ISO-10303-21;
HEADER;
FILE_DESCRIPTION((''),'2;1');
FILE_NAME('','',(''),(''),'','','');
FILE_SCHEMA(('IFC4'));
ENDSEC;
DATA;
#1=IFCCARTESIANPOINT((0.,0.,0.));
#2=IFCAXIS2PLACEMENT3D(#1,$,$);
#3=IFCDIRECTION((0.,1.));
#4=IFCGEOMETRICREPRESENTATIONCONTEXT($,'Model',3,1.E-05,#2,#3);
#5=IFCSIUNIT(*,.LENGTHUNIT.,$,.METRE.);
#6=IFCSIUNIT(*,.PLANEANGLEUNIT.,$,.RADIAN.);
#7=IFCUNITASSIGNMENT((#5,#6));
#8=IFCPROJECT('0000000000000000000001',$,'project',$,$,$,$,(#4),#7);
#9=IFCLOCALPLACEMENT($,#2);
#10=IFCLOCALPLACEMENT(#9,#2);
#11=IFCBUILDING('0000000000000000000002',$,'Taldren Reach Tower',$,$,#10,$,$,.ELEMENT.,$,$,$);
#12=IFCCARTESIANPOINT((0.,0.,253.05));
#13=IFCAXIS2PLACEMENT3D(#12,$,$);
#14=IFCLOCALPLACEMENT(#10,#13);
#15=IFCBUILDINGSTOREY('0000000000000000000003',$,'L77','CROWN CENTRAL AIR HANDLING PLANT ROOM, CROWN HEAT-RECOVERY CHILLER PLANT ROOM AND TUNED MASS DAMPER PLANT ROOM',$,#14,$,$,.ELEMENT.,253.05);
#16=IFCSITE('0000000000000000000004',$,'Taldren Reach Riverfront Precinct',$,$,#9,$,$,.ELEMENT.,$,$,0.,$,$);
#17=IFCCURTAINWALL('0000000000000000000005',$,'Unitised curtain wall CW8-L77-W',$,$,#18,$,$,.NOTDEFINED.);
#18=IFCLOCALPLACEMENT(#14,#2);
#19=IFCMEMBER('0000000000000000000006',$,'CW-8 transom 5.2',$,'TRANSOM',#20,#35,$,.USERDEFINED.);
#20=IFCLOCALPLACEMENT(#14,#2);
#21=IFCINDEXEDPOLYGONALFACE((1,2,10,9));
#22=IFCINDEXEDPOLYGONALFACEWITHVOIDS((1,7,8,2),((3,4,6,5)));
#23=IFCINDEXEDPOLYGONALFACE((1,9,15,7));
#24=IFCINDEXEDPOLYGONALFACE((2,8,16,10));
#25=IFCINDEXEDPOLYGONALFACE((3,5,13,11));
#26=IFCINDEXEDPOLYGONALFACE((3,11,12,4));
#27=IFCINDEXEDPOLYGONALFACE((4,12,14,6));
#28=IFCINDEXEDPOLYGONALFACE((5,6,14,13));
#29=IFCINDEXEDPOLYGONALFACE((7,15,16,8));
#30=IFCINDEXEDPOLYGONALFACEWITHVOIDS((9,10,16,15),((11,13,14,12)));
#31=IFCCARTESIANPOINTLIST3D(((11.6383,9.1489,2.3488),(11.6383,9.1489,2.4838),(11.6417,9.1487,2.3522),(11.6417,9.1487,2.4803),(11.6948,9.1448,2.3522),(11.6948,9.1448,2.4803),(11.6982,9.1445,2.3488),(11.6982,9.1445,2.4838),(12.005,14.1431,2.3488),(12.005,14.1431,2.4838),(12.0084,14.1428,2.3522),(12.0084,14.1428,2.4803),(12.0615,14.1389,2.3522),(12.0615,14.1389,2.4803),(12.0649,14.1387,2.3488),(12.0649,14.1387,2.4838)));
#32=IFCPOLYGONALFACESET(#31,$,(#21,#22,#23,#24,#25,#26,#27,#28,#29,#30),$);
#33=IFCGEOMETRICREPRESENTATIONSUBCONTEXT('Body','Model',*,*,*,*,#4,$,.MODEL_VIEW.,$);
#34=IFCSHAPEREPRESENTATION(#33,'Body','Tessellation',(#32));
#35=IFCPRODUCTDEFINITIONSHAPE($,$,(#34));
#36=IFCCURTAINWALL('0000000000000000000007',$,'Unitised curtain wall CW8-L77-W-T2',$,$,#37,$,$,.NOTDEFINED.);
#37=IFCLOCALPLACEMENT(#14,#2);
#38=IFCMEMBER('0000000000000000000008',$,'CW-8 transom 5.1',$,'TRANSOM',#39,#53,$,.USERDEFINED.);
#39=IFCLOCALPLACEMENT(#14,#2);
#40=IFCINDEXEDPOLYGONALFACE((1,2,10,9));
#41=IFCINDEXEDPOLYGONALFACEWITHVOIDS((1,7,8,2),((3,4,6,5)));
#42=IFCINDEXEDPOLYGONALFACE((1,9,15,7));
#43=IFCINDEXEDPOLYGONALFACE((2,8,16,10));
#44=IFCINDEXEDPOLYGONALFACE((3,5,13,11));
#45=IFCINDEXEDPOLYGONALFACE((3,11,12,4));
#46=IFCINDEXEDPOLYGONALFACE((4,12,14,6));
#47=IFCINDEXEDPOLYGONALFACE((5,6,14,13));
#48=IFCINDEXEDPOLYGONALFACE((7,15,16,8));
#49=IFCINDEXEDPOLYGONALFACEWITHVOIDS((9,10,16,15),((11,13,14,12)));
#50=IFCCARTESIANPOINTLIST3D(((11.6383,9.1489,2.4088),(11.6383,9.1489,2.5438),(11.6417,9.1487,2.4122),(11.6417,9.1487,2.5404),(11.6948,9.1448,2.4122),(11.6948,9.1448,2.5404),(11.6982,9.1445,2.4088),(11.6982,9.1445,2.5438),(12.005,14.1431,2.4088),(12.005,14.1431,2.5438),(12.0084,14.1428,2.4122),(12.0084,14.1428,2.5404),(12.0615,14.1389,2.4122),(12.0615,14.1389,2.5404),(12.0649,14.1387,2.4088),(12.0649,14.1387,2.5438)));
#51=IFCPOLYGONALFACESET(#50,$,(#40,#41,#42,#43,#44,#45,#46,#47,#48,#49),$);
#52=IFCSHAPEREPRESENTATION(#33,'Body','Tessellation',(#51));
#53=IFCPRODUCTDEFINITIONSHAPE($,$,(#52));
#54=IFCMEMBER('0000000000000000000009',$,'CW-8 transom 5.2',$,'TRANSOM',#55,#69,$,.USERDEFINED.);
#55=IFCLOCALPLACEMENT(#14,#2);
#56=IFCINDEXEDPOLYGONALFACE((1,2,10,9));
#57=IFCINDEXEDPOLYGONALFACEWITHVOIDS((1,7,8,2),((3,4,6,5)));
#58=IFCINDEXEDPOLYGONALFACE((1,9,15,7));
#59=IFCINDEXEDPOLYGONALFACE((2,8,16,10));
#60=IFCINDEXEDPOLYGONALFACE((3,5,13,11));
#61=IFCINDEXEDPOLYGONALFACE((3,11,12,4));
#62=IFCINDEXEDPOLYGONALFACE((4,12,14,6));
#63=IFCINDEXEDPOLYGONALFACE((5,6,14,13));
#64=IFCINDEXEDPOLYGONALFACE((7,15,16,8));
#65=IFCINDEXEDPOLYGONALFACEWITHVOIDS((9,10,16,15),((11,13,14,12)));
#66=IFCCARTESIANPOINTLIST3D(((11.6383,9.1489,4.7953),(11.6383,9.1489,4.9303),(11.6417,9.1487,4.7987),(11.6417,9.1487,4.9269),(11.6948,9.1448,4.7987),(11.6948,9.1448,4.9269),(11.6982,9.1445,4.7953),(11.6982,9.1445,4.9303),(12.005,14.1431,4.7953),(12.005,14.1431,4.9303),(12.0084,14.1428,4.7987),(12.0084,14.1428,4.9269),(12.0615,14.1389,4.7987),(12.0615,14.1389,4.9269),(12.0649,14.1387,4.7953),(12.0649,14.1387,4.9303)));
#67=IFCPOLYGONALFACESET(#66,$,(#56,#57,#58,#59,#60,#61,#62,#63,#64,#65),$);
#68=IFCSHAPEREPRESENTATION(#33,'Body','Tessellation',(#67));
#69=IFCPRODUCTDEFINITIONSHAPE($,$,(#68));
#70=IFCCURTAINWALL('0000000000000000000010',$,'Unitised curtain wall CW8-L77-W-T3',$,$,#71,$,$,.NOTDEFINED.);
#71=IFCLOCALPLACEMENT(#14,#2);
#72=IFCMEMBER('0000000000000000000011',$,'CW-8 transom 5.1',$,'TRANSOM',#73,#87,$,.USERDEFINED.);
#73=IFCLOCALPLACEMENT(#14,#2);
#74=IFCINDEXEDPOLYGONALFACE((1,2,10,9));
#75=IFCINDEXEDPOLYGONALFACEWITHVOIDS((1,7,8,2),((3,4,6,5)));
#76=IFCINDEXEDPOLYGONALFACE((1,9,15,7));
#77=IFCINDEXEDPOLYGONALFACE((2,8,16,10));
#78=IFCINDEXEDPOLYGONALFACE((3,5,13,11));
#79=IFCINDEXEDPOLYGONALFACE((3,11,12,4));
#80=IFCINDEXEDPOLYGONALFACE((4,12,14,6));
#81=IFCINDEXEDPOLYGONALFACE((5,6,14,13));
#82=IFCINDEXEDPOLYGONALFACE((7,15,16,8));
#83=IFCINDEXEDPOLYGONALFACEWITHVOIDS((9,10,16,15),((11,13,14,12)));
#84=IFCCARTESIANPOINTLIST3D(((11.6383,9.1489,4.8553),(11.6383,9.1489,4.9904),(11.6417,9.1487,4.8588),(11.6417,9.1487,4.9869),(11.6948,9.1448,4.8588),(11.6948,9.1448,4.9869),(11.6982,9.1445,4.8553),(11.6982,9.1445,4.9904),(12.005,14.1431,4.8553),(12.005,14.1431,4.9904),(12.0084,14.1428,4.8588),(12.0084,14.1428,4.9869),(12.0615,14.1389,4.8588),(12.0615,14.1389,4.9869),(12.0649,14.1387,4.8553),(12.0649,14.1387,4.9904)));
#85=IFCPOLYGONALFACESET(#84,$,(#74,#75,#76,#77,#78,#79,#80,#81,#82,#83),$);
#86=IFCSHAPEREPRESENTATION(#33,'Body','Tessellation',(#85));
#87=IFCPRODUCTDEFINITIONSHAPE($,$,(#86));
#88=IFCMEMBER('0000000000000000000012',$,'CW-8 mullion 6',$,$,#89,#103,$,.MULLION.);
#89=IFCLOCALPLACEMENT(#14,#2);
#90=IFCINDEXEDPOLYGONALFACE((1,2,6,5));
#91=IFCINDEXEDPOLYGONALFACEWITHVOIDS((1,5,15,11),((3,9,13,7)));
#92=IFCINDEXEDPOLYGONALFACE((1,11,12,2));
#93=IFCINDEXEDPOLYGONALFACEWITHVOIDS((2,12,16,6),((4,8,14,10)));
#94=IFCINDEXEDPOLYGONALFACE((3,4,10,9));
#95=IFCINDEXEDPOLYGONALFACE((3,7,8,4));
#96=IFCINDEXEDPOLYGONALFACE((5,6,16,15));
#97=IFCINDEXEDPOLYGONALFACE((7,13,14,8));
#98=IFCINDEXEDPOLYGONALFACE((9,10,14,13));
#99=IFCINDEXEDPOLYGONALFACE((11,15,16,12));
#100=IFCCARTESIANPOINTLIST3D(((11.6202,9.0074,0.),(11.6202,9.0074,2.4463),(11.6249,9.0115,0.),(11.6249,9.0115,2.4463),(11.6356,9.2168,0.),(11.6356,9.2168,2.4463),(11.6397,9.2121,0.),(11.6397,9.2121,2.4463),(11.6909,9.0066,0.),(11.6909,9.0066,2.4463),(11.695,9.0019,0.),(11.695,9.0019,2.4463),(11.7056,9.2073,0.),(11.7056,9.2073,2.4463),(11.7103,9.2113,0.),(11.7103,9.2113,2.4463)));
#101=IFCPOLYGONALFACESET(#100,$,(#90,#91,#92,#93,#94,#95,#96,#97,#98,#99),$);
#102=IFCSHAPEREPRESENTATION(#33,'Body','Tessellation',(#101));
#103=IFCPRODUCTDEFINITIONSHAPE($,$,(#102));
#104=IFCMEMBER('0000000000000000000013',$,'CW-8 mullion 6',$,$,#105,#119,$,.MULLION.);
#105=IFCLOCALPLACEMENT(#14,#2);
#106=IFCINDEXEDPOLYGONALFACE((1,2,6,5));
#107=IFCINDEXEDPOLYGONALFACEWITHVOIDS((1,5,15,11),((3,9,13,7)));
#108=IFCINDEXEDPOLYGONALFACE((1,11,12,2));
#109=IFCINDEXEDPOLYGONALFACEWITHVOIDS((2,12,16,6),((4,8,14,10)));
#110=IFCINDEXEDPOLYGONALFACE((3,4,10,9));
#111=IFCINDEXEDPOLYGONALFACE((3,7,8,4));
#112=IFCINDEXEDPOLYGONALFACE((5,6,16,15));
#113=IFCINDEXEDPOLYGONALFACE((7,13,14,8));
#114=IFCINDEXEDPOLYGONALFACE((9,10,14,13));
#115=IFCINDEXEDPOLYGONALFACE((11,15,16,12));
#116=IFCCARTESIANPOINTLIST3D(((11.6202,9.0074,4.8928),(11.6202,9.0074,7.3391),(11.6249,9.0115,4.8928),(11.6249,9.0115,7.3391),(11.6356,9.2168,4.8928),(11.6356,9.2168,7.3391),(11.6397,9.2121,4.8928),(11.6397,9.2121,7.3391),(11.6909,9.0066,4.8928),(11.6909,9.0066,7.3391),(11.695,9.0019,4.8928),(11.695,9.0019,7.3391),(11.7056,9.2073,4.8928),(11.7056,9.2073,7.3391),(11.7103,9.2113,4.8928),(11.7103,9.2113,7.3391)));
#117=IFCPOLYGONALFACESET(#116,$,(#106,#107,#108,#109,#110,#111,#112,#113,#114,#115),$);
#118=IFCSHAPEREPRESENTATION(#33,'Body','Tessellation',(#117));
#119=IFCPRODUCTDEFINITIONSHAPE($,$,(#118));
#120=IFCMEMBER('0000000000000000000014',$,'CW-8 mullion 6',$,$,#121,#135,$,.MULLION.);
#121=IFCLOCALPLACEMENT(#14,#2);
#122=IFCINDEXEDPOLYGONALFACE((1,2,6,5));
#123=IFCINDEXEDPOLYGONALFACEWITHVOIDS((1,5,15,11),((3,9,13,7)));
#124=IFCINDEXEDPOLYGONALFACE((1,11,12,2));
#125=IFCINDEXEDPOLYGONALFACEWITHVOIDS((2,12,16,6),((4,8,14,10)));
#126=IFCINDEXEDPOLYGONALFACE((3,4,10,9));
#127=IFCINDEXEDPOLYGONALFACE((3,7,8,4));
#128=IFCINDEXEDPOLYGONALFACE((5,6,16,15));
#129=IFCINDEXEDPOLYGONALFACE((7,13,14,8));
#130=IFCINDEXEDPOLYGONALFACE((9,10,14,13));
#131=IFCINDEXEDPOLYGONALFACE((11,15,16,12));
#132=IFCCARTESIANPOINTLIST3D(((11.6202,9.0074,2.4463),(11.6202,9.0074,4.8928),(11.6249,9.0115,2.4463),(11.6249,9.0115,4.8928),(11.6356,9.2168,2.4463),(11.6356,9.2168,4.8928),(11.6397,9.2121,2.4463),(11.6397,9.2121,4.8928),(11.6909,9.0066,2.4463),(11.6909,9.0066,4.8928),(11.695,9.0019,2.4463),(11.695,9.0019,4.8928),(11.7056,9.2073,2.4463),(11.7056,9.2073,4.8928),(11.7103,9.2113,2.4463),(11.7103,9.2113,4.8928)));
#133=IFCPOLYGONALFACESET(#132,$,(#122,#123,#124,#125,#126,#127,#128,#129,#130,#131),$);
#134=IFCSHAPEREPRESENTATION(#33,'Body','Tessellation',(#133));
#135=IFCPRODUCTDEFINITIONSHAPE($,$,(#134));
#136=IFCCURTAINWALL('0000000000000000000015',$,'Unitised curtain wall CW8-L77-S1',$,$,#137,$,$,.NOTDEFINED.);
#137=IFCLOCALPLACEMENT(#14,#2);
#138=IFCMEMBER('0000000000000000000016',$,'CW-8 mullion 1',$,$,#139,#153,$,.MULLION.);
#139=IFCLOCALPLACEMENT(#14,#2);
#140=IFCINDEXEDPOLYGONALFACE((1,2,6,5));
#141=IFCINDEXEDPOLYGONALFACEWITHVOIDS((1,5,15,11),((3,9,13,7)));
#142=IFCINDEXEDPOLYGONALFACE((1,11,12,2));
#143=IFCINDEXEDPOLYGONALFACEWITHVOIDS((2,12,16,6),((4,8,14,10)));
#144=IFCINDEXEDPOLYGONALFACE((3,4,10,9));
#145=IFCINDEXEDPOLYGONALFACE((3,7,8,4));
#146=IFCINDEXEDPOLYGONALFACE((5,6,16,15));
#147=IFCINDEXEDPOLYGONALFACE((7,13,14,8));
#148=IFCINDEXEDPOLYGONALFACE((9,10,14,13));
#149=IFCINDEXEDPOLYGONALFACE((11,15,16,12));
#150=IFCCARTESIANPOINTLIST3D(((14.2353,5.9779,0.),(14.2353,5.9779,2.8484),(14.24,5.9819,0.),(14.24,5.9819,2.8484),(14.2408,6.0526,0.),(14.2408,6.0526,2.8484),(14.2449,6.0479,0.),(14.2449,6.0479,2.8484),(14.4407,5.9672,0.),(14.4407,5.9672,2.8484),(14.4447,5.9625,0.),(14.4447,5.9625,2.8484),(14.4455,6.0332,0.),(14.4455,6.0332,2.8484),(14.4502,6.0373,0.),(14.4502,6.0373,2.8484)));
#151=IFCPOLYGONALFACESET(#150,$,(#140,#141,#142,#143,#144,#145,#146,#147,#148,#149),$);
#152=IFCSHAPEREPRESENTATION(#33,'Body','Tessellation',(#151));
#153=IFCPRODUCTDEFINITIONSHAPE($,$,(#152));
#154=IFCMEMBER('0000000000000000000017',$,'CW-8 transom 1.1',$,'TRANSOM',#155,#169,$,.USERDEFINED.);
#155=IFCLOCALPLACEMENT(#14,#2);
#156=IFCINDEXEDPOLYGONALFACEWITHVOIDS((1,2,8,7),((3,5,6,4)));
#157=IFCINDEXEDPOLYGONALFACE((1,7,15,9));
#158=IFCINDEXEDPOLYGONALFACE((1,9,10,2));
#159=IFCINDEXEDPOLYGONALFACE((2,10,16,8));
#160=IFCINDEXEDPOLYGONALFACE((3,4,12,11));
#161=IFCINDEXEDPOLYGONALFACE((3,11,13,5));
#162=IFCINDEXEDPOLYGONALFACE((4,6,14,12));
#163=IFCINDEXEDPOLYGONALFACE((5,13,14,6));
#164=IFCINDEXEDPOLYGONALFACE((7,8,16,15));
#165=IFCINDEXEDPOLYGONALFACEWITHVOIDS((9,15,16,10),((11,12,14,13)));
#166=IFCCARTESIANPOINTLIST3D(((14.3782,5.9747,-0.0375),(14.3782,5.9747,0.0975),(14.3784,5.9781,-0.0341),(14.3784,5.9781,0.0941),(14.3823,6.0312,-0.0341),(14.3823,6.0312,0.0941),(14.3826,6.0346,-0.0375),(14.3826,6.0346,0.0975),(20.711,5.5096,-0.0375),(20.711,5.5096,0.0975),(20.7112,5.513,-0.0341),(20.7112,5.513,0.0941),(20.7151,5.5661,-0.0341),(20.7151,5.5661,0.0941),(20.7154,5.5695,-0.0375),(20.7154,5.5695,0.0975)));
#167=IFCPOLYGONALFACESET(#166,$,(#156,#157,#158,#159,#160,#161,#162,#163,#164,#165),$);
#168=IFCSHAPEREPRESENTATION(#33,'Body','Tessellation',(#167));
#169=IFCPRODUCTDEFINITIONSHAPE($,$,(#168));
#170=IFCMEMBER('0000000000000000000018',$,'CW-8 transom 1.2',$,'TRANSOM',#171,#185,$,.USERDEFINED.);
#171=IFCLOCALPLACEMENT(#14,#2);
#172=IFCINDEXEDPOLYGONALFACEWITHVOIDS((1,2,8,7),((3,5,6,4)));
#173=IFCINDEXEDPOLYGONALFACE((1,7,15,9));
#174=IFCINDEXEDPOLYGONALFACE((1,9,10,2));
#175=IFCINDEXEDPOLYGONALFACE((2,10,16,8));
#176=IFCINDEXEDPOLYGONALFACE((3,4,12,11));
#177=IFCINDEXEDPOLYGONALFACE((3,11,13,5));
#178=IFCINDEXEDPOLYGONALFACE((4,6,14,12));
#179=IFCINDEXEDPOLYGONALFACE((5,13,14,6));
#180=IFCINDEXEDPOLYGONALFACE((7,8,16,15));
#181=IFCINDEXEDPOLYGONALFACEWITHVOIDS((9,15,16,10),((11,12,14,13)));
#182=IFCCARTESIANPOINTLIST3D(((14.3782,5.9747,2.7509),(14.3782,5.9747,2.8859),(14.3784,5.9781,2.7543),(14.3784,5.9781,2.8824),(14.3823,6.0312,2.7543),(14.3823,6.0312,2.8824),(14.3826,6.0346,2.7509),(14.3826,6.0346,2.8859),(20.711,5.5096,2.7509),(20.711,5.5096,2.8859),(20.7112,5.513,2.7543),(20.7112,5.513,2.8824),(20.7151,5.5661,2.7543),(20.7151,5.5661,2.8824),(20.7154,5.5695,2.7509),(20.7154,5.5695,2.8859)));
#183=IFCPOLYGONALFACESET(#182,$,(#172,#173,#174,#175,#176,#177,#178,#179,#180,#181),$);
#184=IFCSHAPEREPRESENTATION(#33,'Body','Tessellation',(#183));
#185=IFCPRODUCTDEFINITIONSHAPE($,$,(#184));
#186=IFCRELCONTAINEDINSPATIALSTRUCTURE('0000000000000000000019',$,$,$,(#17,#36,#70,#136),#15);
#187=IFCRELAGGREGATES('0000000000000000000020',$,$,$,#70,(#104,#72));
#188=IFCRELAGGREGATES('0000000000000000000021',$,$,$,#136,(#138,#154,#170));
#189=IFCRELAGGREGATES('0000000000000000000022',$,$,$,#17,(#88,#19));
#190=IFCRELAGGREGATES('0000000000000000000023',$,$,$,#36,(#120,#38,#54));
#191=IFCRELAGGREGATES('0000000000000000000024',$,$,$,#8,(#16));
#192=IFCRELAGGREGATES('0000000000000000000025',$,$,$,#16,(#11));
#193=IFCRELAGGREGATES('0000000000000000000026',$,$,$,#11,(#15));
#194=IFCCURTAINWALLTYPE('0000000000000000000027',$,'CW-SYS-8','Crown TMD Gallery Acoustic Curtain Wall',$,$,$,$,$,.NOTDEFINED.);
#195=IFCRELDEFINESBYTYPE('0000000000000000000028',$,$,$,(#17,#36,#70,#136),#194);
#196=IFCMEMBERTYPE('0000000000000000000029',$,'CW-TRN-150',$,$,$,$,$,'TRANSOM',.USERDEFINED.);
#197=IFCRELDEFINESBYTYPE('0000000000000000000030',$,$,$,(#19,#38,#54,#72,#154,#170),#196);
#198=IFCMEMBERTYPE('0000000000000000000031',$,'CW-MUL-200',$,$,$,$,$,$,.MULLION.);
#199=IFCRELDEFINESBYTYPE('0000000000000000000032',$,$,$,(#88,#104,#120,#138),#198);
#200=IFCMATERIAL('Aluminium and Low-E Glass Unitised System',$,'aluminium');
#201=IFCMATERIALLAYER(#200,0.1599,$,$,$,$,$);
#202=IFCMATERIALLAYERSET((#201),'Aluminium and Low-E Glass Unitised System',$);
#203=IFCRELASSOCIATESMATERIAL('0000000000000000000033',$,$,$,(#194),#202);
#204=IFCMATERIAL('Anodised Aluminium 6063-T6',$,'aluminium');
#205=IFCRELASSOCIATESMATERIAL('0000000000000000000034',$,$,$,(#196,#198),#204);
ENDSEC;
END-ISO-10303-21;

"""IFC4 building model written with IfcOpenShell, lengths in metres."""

from ifc_helpers import new_model, si_unit, direction, frame, origin, origin_2d, place, context, subcontext, project, spatial, hollow_rectangle, extrude, source, transform, mapped, material, layer, layer_set, material_profile, profile_set, type_object, element, aggregate, save


model = new_model("IFC4")

# Units and contexts
model_context = context("Model", 3, precision=1e-05, world=origin(), true_north=direction((0.0, 1.0)))
body_context = subcontext(model_context, "Body", "Model", "MODEL_VIEW")
ifc_project = project(units=[si_unit("LENGTHUNIT", "METRE"), si_unit("PLANEANGLEUNIT", "RADIAN")], contexts=[model_context])

# Site, building, storey
site_placement = place(None, origin())
site = spatial("IfcSite", under=ifc_project, at=site_placement, Name="Taldren Reach Riverfront Precinct", CompositionType="ELEMENT", RefElevation=0.0)
building_placement = place(site_placement, origin())
building = spatial("IfcBuilding", under=site, at=building_placement, Name="Taldren Reach Tower", CompositionType="ELEMENT")
storey_placement = place(building_placement, frame((0.0, 0.0, 253.05)))
storey = spatial("IfcBuildingStorey", under=building, at=storey_placement, Name="L77", Description="CROWN CENTRAL AIR HANDLING PLANT ROOM, CROWN HEAT-RECOVERY CHILLER PLANT ROOM AND TUNED MASS DAMPER PLANT ROOM", CompositionType="ELEMENT", Elevation=253.05)

# Curtain walls, members
ifc_material_1 = material(Name="Aluminium and Low-E Glass Unitised System", Category="aluminium")
ifc_layer_1 = layer(ifc_material_1, 0.1599)
ifc_layer_set_1 = layer_set([ifc_layer_1], Name="Aluminium and Low-E Glass Unitised System")
curtain_wall_type = type_object("IfcCurtainWallType", Name="CW-SYS-8", Description="Crown TMD Gallery Acoustic Curtain Wall", PredefinedType="NOTDEFINED", material=ifc_layer_set_1)
curtain_wall_1_placement = place(storey_placement, origin())
curtain_wall_1 = element("IfcCurtainWall", 1, at=curtain_wall_1_placement, inside=storey, type_object=curtain_wall_type, Name="Unitised curtain wall CW8-L77-W", PredefinedType="NOTDEFINED")
ifc_material_2 = material(Name="Anodised Aluminium 6063-T6", Category="aluminium")
ifc_material_profile_1 = material_profile(ifc_material_2, hollow_rectangle(XDim=0.0601, YDim=0.135, WallThickness=0.0034, at=origin_2d()), Name="ALU-135x60x3.5RHS")
ifc_profile_set_1 = profile_set([ifc_material_profile_1], Name="Anodised Aluminium 6063-T6")
member_type_1 = type_object("IfcMemberType", Name="CW-TRN-150", ElementType="TRANSOM", PredefinedType="USERDEFINED", material=ifc_profile_set_1)
shared_shape_1 = source(origin(), body_context, "Body", "SweptSolid", [
    extrude(hollow_rectangle(XDim=0.0601, YDim=0.135, WallThickness=0.0034, at=origin_2d()), origin(), (0.0, 0.0, 1.0), 5.0076),
])
member_1_placement = place(storey_placement, frame((12.0349, 14.1409, 2.4163), z_axis=(-0.073229, -0.997315, 0.0), x_axis=(0.997315, -0.073229, 0.0)))
member_1 = element("IfcMember", 2, at=member_1_placement, type_object=member_type_1, Name="CW-8 transom 5.2", ObjectType="TRANSOM", PredefinedType="USERDEFINED", context=body_context, shape_type="MappedRepresentation", body=[
    mapped(shared_shape_1, transform((0.0, 0.0, 0.0), scale=1.0)),
])
curtain_wall_2_placement = place(storey_placement, origin())
curtain_wall_2 = element("IfcCurtainWall", 3, at=curtain_wall_2_placement, inside=storey, type_object=curtain_wall_type, Name="Unitised curtain wall CW8-L77-W-T2", PredefinedType="NOTDEFINED")
member_2_placement = place(storey_placement, frame((12.0349, 14.1409, 2.4763), z_axis=(-0.073229, -0.997315, 0.0), x_axis=(0.997315, -0.073229, 0.0)))
member_2 = element("IfcMember", 4, at=member_2_placement, type_object=member_type_1, Name="CW-8 transom 5.1", ObjectType="TRANSOM", PredefinedType="USERDEFINED", context=body_context, shape_type="MappedRepresentation", body=[
    mapped(shared_shape_1, transform((0.0, 0.0, 0.0), scale=1.0)),
])
member_3_placement = place(storey_placement, frame((12.0349, 14.1409, 4.8628), z_axis=(-0.073229, -0.997315, 0.0), x_axis=(0.997315, -0.073229, 0.0)))
member_3 = element("IfcMember", 5, at=member_3_placement, type_object=member_type_1, Name="CW-8 transom 5.2", ObjectType="TRANSOM", PredefinedType="USERDEFINED", context=body_context, shape_type="MappedRepresentation", body=[
    mapped(shared_shape_1, transform((0.0, 0.0, 0.0), scale=1.0)),
])

# Curtain wall, member
curtain_wall_3_placement = place(storey_placement, origin())
curtain_wall_3 = element("IfcCurtainWall", 6, at=curtain_wall_3_placement, inside=storey, type_object=curtain_wall_type, Name="Unitised curtain wall CW8-L77-W-T3", PredefinedType="NOTDEFINED")
member_4_placement = place(storey_placement, frame((12.0349, 14.1409, 4.9229), z_axis=(-0.073229, -0.997315, 0.0), x_axis=(0.997315, -0.073229, 0.0)))
member_4 = element("IfcMember", 7, at=member_4_placement, type_object=member_type_1, Name="CW-8 transom 5.1", ObjectType="TRANSOM", PredefinedType="USERDEFINED", context=body_context, shape_type="MappedRepresentation", body=[
    mapped(shared_shape_1, transform((0.0, 0.0, 0.0), scale=1.0)),
])

# Members
ifc_material_profile_2 = material_profile(ifc_material_2, hollow_rectangle(XDim=0.075, YDim=0.21, WallThickness=0.0044, at=origin_2d()), Name="ALU-210x75x4.5RHS")
ifc_profile_set_2 = profile_set([ifc_material_profile_2], Name="Anodised Aluminium 6063-T6")
member_type_2 = type_object("IfcMemberType", Name="CW-MUL-200", PredefinedType="MULLION", material=ifc_profile_set_2)
shared_shape_2 = source(origin(), body_context, "Body", "SweptSolid", [
    extrude(hollow_rectangle(XDim=0.075, YDim=0.21, WallThickness=0.0044, at=origin_2d()), origin(), (0.0, 0.0, 1.0), 2.4463),
])
member_5_placement = place(storey_placement, frame((11.6653, 9.1094, 0.0), z_axis=(0.0, 0.0, 1.0), x_axis=(0.997314, -0.073238, 0.0)))
member_5 = element("IfcMember", 8, at=member_5_placement, type_object=member_type_2, Name="CW-8 mullion 6", PredefinedType="MULLION", context=body_context, shape_type="MappedRepresentation", body=[
    mapped(shared_shape_2, transform((0.0, 0.0, 0.0), scale=1.0)),
])
member_6_placement = place(storey_placement, frame((11.6653, 9.1094, 4.8928), z_axis=(0.0, 0.0, 1.0), x_axis=(0.997314, -0.073238, 0.0)))
member_6 = element("IfcMember", 9, at=member_6_placement, type_object=member_type_2, Name="CW-8 mullion 6", PredefinedType="MULLION", context=body_context, shape_type="MappedRepresentation", body=[
    mapped(shared_shape_2, transform((0.0, 0.0, 0.0), scale=1.0)),
])
aggregate(curtain_wall_3, [member_6, member_4])
shared_shape_3 = source(origin(), body_context, "Body", "SweptSolid", [
    extrude(hollow_rectangle(XDim=0.075, YDim=0.21, WallThickness=0.0044, at=origin_2d()), origin(), (0.0, 0.0, 1.0), 2.4465),
])
member_7_placement = place(storey_placement, frame((11.6653, 9.1094, 2.4463), z_axis=(0.0, 0.0, 1.0), x_axis=(0.997314, -0.073238, 0.0)))
member_7 = element("IfcMember", 10, at=member_7_placement, type_object=member_type_2, Name="CW-8 mullion 6", PredefinedType="MULLION", context=body_context, shape_type="MappedRepresentation", body=[
    mapped(shared_shape_3, transform((0.0, 0.0, 0.0), scale=1.0)),
])

# Curtain wall, members
curtain_wall_4_placement = place(storey_placement, origin())
curtain_wall_4 = element("IfcCurtainWall", 11, at=curtain_wall_4_placement, inside=storey, type_object=curtain_wall_type, Name="Unitised curtain wall CW8-L77-S1", PredefinedType="NOTDEFINED")
shared_shape_4 = source(origin(), body_context, "Body", "SweptSolid", [
    extrude(hollow_rectangle(XDim=0.075, YDim=0.21, WallThickness=0.0044, at=origin_2d()), origin(), (0.0, 0.0, 1.0), 2.8484),
])
member_8_placement = place(storey_placement, frame((14.3428, 6.0076, 0.0), z_axis=(0.0, 0.0, 1.0), x_axis=(0.073239, 0.997314, 0.0)))
member_8 = element("IfcMember", 12, at=member_8_placement, type_object=member_type_2, Name="CW-8 mullion 1", PredefinedType="MULLION", context=body_context, shape_type="MappedRepresentation", body=[
    mapped(shared_shape_4, transform((0.0, 0.0, 0.0), scale=1.0)),
])
shared_shape_5 = source(origin(), body_context, "Body", "SweptSolid", [
    extrude(hollow_rectangle(XDim=0.0601, YDim=0.135, WallThickness=0.0034, at=origin_2d()), origin(), (0.0, 0.0, 1.0), 6.3499),
])
member_9_placement = place(storey_placement, frame((14.3804, 6.0046, 0.03), z_axis=(0.997314, -0.073244, 0.0), x_axis=(0.073244, 0.997314, 0.0)))
member_9 = element("IfcMember", 13, at=member_9_placement, type_object=member_type_1, Name="CW-8 transom 1.1", ObjectType="TRANSOM", PredefinedType="USERDEFINED", context=body_context, shape_type="MappedRepresentation", body=[
    mapped(shared_shape_5, transform((0.0, 0.0, 0.0), scale=1.0)),
])
member_10_placement = place(storey_placement, frame((14.3804, 6.0046, 2.8184), z_axis=(0.997314, -0.073244, 0.0), x_axis=(0.073244, 0.997314, 0.0)))
member_10 = element("IfcMember", 14, at=member_10_placement, type_object=member_type_1, Name="CW-8 transom 1.2", ObjectType="TRANSOM", PredefinedType="USERDEFINED", context=body_context, shape_type="MappedRepresentation", body=[
    mapped(shared_shape_5, transform((0.0, 0.0, 0.0), scale=1.0)),
])
aggregate(curtain_wall_4, [member_8, member_9, member_10])

aggregate(curtain_wall_1, [member_5, member_1])
aggregate(curtain_wall_2, [member_7, member_2, member_3])

save(model, "model.ifc")
